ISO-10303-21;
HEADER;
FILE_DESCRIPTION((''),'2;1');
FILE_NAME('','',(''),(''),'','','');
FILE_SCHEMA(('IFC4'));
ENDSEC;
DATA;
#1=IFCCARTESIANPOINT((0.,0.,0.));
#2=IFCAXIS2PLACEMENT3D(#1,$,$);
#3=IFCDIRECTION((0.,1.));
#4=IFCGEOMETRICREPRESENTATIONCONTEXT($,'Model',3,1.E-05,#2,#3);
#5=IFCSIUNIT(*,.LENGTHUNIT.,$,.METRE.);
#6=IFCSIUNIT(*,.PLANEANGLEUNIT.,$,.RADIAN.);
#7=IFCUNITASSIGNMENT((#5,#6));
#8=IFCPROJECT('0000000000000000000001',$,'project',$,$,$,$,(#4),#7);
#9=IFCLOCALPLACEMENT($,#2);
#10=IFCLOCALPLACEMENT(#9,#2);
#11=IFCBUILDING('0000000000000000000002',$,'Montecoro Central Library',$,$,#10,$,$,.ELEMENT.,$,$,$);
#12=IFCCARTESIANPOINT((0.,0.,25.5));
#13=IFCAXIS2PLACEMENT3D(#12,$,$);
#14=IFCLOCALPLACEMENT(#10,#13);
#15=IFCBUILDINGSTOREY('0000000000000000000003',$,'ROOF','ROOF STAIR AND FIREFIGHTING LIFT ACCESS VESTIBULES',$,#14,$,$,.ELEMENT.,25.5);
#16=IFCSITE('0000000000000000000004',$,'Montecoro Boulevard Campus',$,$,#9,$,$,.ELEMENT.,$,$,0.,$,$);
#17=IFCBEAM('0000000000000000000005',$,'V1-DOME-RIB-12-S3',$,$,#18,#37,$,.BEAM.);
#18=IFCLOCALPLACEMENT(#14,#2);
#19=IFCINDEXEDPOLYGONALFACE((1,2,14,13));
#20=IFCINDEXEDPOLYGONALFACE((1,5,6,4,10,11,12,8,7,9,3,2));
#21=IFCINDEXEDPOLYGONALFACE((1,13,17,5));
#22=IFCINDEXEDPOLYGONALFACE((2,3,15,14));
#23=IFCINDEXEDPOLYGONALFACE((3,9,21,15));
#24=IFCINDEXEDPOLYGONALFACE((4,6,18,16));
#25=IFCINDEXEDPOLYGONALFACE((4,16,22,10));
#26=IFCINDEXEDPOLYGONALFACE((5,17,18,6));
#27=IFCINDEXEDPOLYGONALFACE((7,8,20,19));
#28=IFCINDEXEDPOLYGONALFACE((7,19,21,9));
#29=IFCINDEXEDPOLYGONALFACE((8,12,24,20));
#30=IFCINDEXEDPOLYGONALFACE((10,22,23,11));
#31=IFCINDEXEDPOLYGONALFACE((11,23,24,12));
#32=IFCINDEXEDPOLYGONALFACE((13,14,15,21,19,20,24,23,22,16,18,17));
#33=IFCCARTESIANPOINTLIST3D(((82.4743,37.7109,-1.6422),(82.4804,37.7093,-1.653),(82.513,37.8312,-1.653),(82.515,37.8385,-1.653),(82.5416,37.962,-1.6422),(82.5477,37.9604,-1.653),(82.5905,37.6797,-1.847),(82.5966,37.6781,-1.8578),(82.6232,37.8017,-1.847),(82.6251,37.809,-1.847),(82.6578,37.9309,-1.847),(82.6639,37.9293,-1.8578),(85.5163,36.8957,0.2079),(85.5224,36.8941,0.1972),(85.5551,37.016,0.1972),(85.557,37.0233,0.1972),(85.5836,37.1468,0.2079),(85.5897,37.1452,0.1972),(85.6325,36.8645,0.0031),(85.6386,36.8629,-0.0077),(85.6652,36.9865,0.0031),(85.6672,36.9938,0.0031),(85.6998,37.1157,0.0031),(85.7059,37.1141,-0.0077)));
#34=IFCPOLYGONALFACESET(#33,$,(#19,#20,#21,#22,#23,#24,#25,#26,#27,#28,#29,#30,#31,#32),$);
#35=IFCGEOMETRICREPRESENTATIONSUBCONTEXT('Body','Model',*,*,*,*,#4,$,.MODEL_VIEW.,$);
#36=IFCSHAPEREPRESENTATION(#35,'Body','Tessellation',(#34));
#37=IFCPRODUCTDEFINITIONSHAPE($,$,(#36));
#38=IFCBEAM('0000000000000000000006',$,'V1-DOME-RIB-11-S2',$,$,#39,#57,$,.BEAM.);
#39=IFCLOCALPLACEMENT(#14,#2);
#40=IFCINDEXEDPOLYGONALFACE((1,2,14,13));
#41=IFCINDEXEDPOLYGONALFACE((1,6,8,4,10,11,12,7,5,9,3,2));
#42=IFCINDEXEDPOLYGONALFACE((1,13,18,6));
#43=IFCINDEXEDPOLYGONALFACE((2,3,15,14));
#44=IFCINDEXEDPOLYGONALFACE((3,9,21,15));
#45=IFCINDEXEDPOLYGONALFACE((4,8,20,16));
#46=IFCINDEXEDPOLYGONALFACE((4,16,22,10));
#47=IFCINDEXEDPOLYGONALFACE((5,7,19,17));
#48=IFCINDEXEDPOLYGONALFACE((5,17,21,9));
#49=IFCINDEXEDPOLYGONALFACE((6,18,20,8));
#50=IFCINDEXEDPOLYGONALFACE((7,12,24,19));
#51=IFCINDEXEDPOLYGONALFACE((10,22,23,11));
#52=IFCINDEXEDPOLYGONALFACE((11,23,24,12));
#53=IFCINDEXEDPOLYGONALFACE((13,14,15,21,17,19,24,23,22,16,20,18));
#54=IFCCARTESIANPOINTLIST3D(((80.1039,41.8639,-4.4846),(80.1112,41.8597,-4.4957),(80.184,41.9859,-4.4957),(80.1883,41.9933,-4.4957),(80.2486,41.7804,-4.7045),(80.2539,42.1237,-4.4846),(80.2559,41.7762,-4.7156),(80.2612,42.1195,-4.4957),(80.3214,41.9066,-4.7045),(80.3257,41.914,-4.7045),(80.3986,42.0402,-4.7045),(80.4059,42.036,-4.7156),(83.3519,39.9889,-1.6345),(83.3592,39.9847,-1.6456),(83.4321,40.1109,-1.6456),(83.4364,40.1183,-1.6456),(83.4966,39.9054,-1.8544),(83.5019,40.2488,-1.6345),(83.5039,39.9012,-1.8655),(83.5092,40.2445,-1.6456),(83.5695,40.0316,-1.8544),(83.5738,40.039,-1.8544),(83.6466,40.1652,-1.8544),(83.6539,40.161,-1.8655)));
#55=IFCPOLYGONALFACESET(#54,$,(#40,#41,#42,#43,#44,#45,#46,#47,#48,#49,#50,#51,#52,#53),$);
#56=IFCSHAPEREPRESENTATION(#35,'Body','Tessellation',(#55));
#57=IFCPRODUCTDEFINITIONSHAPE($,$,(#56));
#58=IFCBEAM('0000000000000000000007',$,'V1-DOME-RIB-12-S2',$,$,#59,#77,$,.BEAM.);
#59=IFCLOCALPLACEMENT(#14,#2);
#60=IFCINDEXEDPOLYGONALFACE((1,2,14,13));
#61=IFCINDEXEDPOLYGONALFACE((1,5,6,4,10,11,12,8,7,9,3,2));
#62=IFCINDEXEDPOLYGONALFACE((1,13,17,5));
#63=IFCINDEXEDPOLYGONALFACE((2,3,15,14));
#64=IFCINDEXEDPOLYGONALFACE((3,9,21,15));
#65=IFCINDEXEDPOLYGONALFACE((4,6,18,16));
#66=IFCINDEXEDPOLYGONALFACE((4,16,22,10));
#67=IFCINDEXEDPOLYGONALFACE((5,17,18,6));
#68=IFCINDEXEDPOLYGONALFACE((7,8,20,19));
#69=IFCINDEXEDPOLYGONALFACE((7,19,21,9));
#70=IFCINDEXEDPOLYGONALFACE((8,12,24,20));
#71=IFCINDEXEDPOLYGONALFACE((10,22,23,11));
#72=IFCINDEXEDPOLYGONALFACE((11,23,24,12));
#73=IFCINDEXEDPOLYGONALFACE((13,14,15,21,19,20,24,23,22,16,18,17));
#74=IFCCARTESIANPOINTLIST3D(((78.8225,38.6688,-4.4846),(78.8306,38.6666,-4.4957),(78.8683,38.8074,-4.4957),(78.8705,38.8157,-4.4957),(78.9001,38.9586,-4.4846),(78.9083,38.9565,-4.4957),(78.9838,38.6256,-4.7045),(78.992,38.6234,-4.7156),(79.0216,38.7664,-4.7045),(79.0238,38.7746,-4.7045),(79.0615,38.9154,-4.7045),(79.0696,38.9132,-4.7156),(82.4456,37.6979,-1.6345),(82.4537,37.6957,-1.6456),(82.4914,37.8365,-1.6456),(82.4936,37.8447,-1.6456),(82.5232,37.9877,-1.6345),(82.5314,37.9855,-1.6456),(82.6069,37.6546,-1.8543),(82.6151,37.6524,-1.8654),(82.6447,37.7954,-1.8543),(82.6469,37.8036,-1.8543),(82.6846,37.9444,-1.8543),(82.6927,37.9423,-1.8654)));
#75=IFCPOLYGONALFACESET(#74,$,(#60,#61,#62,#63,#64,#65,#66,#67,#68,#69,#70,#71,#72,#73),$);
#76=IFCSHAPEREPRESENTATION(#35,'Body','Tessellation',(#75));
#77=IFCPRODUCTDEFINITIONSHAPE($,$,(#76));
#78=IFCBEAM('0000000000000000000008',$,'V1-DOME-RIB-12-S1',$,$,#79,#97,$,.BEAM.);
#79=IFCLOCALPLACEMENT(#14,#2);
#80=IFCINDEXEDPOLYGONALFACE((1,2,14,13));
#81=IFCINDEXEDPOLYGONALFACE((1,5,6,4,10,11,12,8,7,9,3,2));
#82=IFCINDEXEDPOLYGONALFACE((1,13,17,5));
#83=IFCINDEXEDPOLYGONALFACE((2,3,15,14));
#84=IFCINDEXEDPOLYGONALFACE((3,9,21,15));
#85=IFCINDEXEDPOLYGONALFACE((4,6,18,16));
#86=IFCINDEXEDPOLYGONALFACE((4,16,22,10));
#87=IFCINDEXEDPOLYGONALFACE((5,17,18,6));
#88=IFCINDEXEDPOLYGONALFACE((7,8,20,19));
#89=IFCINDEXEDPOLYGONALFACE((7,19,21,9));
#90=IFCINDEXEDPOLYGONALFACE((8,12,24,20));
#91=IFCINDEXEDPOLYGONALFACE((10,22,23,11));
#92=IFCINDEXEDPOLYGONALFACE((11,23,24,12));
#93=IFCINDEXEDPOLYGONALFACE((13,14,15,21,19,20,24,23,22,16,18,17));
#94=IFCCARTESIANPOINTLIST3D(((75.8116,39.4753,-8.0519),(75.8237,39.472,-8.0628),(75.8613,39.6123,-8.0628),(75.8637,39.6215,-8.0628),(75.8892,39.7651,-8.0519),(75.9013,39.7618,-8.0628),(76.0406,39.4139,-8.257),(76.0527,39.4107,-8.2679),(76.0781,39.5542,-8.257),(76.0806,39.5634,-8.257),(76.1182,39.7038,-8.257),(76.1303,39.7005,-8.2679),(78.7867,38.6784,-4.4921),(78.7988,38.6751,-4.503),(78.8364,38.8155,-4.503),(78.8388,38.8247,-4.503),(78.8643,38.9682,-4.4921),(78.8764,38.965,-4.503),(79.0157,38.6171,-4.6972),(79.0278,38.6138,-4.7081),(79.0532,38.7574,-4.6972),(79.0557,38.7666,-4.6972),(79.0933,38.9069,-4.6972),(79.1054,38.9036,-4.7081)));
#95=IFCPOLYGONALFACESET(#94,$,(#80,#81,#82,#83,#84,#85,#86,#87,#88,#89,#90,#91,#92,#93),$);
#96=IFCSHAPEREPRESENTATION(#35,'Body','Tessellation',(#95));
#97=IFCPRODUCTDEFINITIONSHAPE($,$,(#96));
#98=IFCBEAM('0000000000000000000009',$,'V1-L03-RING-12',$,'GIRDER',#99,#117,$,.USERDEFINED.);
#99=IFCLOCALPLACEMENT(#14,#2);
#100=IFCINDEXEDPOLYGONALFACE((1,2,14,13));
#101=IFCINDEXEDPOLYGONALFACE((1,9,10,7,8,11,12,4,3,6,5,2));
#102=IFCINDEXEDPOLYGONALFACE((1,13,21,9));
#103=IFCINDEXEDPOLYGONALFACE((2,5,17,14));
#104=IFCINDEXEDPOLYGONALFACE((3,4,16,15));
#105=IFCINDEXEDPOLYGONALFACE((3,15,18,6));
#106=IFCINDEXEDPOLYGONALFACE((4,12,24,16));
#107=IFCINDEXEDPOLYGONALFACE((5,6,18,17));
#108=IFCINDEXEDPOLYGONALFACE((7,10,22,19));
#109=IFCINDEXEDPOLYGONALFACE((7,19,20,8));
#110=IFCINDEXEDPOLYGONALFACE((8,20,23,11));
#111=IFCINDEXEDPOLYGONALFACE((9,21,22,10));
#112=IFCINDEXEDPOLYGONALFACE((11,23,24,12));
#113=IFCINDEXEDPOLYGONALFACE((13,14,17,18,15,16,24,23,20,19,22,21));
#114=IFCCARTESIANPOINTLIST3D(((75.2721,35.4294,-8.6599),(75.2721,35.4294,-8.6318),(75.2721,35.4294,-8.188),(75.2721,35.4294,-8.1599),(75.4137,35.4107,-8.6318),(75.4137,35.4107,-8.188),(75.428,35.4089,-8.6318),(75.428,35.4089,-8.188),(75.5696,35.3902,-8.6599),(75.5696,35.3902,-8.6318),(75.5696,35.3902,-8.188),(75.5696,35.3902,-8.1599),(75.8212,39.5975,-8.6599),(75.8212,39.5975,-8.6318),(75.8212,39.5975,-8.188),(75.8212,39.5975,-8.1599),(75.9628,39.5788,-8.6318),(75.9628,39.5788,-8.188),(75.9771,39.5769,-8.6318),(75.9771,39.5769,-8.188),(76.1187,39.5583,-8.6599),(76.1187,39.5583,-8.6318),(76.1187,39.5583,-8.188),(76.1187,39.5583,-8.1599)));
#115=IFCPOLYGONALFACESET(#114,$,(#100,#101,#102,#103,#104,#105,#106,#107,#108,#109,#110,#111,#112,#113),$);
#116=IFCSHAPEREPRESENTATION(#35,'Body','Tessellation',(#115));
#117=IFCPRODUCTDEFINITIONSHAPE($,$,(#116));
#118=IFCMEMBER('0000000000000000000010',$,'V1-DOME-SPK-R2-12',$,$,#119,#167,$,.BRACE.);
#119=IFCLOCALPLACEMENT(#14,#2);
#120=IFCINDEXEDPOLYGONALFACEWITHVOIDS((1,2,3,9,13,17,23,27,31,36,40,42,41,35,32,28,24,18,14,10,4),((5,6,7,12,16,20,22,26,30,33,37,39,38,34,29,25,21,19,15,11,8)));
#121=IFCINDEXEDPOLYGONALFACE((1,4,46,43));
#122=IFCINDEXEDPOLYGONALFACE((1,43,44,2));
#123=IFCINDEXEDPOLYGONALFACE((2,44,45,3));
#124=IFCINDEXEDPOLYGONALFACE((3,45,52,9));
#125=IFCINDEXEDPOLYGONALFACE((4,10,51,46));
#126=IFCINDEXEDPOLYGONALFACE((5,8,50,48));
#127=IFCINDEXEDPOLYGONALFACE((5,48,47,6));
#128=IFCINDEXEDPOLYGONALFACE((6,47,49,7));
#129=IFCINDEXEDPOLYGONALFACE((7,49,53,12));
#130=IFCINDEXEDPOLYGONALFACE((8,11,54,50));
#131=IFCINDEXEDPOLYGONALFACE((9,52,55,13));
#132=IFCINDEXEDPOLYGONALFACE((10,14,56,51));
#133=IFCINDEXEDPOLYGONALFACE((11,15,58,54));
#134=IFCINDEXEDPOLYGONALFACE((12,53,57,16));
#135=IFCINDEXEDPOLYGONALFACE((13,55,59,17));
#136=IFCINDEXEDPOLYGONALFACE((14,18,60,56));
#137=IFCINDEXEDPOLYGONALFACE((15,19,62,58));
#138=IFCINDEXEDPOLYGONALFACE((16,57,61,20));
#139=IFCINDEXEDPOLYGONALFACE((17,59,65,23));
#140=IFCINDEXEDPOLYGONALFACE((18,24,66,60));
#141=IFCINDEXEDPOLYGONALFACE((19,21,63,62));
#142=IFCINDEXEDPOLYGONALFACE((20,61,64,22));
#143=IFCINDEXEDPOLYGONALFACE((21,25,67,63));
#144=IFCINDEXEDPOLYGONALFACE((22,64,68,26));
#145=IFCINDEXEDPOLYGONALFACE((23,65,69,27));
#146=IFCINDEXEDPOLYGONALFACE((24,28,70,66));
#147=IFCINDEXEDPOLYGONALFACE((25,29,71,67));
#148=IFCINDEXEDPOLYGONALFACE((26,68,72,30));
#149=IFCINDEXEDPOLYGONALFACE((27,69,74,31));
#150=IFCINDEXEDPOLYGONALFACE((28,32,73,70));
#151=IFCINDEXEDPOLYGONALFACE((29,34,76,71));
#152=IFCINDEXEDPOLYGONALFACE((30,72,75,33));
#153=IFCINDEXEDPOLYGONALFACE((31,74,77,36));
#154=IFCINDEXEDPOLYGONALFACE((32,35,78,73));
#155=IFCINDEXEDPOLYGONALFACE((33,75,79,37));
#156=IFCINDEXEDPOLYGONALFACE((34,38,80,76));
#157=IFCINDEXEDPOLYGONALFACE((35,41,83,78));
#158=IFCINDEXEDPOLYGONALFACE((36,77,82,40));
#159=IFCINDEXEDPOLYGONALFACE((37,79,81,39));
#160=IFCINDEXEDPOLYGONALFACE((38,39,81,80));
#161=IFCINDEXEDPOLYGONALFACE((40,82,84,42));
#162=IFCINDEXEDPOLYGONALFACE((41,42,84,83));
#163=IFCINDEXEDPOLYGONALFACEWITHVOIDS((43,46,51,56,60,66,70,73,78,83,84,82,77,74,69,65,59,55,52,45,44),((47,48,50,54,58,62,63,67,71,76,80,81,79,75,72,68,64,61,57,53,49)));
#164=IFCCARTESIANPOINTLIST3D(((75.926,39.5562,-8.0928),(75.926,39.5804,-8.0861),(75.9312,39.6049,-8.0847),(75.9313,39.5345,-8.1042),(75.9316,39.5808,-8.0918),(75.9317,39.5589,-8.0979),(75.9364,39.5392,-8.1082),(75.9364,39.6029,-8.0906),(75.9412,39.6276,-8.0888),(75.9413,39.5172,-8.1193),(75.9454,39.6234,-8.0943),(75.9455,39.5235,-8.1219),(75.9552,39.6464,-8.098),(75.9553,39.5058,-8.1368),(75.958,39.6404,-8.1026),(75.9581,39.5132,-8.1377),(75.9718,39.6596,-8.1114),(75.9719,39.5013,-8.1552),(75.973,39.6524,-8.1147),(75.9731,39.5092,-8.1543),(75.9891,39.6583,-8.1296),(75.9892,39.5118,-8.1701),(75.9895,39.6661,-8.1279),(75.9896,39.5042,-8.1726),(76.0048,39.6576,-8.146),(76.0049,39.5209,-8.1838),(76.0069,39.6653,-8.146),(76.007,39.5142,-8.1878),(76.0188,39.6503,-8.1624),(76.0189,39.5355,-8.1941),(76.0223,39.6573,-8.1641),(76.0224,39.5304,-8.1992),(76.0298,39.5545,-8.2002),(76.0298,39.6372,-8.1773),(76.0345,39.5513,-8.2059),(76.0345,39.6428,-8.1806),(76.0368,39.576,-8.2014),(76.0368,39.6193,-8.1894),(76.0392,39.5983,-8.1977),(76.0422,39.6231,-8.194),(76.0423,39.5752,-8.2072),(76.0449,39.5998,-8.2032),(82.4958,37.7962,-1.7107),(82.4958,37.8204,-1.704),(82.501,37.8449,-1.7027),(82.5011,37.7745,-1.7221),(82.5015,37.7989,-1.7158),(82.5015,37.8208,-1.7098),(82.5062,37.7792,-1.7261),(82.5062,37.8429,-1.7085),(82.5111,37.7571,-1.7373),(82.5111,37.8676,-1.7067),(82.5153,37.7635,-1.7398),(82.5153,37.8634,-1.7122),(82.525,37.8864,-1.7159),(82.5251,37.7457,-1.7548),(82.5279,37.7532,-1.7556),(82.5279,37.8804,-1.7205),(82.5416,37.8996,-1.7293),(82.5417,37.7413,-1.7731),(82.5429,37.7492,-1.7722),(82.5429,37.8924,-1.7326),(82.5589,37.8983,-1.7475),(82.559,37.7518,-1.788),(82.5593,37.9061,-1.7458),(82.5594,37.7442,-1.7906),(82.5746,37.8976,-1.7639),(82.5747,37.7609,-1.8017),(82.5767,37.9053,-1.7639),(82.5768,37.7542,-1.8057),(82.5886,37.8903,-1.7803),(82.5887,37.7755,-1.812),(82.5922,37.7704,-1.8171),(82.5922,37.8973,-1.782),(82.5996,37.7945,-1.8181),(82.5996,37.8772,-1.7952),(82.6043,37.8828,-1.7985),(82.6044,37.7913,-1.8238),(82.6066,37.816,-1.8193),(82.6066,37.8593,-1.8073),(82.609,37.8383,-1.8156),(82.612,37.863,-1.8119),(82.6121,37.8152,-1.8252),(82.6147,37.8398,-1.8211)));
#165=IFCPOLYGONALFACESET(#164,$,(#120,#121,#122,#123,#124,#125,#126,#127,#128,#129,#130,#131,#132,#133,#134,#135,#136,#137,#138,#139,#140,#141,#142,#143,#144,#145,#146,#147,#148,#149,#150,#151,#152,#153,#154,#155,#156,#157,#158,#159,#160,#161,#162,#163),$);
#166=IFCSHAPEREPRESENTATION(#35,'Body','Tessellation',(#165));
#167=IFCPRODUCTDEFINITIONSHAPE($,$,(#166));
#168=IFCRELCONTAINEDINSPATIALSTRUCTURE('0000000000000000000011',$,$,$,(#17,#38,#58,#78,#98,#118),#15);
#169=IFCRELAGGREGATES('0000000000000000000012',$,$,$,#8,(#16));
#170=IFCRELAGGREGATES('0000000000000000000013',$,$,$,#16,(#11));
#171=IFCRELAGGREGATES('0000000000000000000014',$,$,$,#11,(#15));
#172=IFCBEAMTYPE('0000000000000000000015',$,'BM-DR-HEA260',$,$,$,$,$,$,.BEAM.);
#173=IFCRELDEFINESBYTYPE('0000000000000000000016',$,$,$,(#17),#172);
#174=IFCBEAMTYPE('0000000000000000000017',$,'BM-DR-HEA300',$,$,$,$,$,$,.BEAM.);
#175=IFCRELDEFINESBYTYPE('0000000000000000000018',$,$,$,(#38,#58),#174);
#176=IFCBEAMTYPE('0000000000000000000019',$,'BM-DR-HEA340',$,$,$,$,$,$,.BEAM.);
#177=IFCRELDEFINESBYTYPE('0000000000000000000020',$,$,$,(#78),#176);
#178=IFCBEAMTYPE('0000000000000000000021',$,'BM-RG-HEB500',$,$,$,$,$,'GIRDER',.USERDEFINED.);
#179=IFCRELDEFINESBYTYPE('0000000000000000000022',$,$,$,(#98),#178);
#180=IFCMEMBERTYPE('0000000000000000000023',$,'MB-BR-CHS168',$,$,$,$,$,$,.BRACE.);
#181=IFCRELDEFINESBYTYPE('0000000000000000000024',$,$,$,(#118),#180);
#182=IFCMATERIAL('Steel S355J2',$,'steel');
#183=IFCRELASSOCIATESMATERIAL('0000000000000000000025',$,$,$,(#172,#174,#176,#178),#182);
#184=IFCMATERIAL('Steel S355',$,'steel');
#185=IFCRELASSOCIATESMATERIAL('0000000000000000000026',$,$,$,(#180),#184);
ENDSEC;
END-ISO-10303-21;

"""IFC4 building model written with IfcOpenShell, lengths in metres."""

from ifc_helpers import new_model, si_unit, direction, frame, origin, origin_2d, place, context, subcontext, project, spatial, hollow_circle, i_section, extrude, material, material_profile, profile_set, type_object, element, save


model = new_model("IFC4")

# Units and contexts
model_context = context("Model", 3, precision=1e-05, world=origin(), true_north=direction((0.0, 1.0)))
body_context = subcontext(model_context, "Body", "Model", "MODEL_VIEW")
ifc_project = project(units=[si_unit("LENGTHUNIT", "METRE"), si_unit("PLANEANGLEUNIT", "RADIAN")], contexts=[model_context])

# Site, building, storey
site_placement = place(None, origin())
site = spatial("IfcSite", under=ifc_project, at=site_placement, Name="Montecoro Boulevard Campus", CompositionType="ELEMENT", RefElevation=0.0)
building_placement = place(site_placement, origin())
building = spatial("IfcBuilding", under=site, at=building_placement, Name="Montecoro Central Library", CompositionType="ELEMENT")
storey_placement = place(building_placement, frame((0.0, 0.0, 25.5)))
storey = spatial("IfcBuildingStorey", under=building, at=storey_placement, Name="ROOF", Description="ROOF STAIR AND FIREFIGHTING LIFT ACCESS VESTIBULES", CompositionType="ELEMENT", Elevation=25.5)

# Beams
ifc_material_1 = material(Name="Steel S355J2", Category="steel")
ifc_material_profile_1 = material_profile(ifc_material_1, i_section(OverallWidth=0.26, OverallDepth=0.25, WebThickness=0.0076, FlangeThickness=0.0125, at=origin_2d()), Name="HEA 260")
ifc_profile_set_1 = profile_set([ifc_material_profile_1], Name="Steel S355J2")
beam_type_1 = type_object("IfcBeamType", Name="BM-DR-HEA260", PredefinedType="BEAM", material=ifc_profile_set_1)
beam_1_placement = place(storey_placement, frame((82.5691, 37.8201, -1.75), z_axis=(0.832841, -0.223183, 0.506523), x_axis=(0.258845, 0.965919, 0.0)))
element("IfcBeam", 1, at=beam_1_placement, inside=storey, type_object=beam_type_1, Name="V1-DOME-RIB-12-S3", PredefinedType="BEAM", context=body_context, shape_type="SweptSolid", body=[
    extrude(i_section(OverallWidth=0.26, OverallDepth=0.25, WebThickness=0.0076, FlangeThickness=0.0125, at=origin_2d()), origin(), (0.0, 0.0, 1.0), 3.6526),
])
ifc_material_profile_2 = material_profile(ifc_material_1, i_section(OverallWidth=0.3, OverallDepth=0.29, WebThickness=0.0085, FlangeThickness=0.0139, at=origin_2d()), Name="HEA 300")
ifc_profile_set_2 = profile_set([ifc_material_profile_2], Name="Steel S355J2")
beam_type_2 = type_object("IfcBeamType", Name="BM-DR-HEA300", PredefinedType="BEAM", material=ifc_profile_set_2)
beam_2_placement = place(storey_placement, frame((80.2549, 41.95, -4.6001), z_axis=(0.689538, -0.39805, 0.605056), x_axis=(0.499948, 0.866056, 0.0)))
element("IfcBeam", 2, at=beam_2_placement, inside=storey, type_object=beam_type_2, Name="V1-DOME-RIB-11-S2", PredefinedType="BEAM", context=body_context, shape_type="SweptSolid", body=[
    extrude(i_section(OverallWidth=0.3, OverallDepth=0.29, WebThickness=0.0085, FlangeThickness=0.0139, at=origin_2d()), origin(), (0.0, 0.0, 1.0), 4.7104),
])
beam_3_placement = place(storey_placement, frame((78.946, 38.791, -4.6001), z_axis=(0.769083, -0.206108, 0.605005), x_axis=(0.258858, 0.965916, 0.0)))
element("IfcBeam", 3, at=beam_3_placement, inside=storey, type_object=beam_type_2, Name="V1-DOME-RIB-12-S2", PredefinedType="BEAM", context=body_context, shape_type="SweptSolid", body=[
    extrude(i_section(OverallWidth=0.3, OverallDepth=0.29, WebThickness=0.0085, FlangeThickness=0.0139, at=origin_2d()), origin(), (0.0, 0.0, 1.0), 4.7109),
])
ifc_material_profile_3 = material_profile(ifc_material_1, i_section(OverallWidth=0.3, OverallDepth=0.3301, WebThickness=0.0095, FlangeThickness=0.0166, at=origin_2d()), Name="HEA 340")
ifc_profile_set_3 = profile_set([ifc_material_profile_3], Name="Steel S355J2")
beam_type_3 = type_object("IfcBeamType", Name="BM-DR-HEA340", PredefinedType="BEAM", material=ifc_profile_set_3)
beam_4_placement = place(storey_placement, frame((75.9709, 39.5879, -8.1599), z_axis=(0.63202, -0.169286, 0.756236), x_axis=(0.258728, 0.96595, 0.0)))
element("IfcBeam", 4, at=beam_4_placement, inside=storey, type_object=beam_type_3, Name="V1-DOME-RIB-12-S1", PredefinedType="BEAM", context=body_context, shape_type="SweptSolid", body=[
    extrude(i_section(OverallWidth=0.3, OverallDepth=0.3301, WebThickness=0.0095, FlangeThickness=0.0166, at=origin_2d()), origin(), (0.0, 0.0, 1.0), 4.7073),
])
ifc_material_profile_4 = material_profile(ifc_material_1, i_section(OverallWidth=0.3, OverallDepth=0.5, WebThickness=0.0144, FlangeThickness=0.0281, at=origin_2d()), Name="HEB 500")
ifc_profile_set_4 = profile_set([ifc_material_profile_4], Name="Steel S355J2")
beam_type_4 = type_object("IfcBeamType", Name="BM-RG-HEB500", ElementType="GIRDER", PredefinedType="USERDEFINED", material=ifc_profile_set_4)
beam_5_placement = place(storey_placement, frame((75.97, 39.5779, -8.4099), z_axis=(-0.130608, -0.991434, 0.0), x_axis=(0.991434, -0.130608, 0.0)))
element("IfcBeam", 5, at=beam_5_placement, inside=storey, type_object=beam_type_4, Name="V1-L03-RING-12", ObjectType="GIRDER", PredefinedType="USERDEFINED", context=body_context, shape_type="SweptSolid", body=[
    extrude(i_section(OverallWidth=0.3, OverallDepth=0.5, WebThickness=0.0144, FlangeThickness=0.0281, at=origin_2d()), origin(), (0.0, 0.0, 1.0), 4.2041),
])

# Member
ifc_material_2 = material(Name="Steel S355", Category="steel")
ifc_material_profile_5 = material_profile(ifc_material_2, hollow_circle(Radius=0.0842, WallThickness=0.0081, at=origin_2d()), Name="CHS 168.3x8.0")
ifc_profile_set_5 = profile_set([ifc_material_profile_5], Name="Steel S355")
member_type_1 = type_object("IfcMemberType", Name="MB-BR-CHS168", PredefinedType="BRACE", material=ifc_profile_set_5)
member_1_placement = place(storey_placement, frame((75.9851, 39.584, -8.146), z_axis=(0.704395, -0.188702, 0.684266), x_axis=(0.258768, 0.965939, 0.0)))
element("IfcMember", 6, at=member_1_placement, inside=storey, type_object=member_type_1, Name="V1-DOME-SPK-R2-12", PredefinedType="BRACE", context=body_context, shape_type="SweptSolid", body=[
    extrude(hollow_circle(Radius=0.0842, WallThickness=0.0081, at=origin_2d()), origin(), (0.0, 0.0, 1.0), 9.3269),
])

save(model, "model.ifc")
